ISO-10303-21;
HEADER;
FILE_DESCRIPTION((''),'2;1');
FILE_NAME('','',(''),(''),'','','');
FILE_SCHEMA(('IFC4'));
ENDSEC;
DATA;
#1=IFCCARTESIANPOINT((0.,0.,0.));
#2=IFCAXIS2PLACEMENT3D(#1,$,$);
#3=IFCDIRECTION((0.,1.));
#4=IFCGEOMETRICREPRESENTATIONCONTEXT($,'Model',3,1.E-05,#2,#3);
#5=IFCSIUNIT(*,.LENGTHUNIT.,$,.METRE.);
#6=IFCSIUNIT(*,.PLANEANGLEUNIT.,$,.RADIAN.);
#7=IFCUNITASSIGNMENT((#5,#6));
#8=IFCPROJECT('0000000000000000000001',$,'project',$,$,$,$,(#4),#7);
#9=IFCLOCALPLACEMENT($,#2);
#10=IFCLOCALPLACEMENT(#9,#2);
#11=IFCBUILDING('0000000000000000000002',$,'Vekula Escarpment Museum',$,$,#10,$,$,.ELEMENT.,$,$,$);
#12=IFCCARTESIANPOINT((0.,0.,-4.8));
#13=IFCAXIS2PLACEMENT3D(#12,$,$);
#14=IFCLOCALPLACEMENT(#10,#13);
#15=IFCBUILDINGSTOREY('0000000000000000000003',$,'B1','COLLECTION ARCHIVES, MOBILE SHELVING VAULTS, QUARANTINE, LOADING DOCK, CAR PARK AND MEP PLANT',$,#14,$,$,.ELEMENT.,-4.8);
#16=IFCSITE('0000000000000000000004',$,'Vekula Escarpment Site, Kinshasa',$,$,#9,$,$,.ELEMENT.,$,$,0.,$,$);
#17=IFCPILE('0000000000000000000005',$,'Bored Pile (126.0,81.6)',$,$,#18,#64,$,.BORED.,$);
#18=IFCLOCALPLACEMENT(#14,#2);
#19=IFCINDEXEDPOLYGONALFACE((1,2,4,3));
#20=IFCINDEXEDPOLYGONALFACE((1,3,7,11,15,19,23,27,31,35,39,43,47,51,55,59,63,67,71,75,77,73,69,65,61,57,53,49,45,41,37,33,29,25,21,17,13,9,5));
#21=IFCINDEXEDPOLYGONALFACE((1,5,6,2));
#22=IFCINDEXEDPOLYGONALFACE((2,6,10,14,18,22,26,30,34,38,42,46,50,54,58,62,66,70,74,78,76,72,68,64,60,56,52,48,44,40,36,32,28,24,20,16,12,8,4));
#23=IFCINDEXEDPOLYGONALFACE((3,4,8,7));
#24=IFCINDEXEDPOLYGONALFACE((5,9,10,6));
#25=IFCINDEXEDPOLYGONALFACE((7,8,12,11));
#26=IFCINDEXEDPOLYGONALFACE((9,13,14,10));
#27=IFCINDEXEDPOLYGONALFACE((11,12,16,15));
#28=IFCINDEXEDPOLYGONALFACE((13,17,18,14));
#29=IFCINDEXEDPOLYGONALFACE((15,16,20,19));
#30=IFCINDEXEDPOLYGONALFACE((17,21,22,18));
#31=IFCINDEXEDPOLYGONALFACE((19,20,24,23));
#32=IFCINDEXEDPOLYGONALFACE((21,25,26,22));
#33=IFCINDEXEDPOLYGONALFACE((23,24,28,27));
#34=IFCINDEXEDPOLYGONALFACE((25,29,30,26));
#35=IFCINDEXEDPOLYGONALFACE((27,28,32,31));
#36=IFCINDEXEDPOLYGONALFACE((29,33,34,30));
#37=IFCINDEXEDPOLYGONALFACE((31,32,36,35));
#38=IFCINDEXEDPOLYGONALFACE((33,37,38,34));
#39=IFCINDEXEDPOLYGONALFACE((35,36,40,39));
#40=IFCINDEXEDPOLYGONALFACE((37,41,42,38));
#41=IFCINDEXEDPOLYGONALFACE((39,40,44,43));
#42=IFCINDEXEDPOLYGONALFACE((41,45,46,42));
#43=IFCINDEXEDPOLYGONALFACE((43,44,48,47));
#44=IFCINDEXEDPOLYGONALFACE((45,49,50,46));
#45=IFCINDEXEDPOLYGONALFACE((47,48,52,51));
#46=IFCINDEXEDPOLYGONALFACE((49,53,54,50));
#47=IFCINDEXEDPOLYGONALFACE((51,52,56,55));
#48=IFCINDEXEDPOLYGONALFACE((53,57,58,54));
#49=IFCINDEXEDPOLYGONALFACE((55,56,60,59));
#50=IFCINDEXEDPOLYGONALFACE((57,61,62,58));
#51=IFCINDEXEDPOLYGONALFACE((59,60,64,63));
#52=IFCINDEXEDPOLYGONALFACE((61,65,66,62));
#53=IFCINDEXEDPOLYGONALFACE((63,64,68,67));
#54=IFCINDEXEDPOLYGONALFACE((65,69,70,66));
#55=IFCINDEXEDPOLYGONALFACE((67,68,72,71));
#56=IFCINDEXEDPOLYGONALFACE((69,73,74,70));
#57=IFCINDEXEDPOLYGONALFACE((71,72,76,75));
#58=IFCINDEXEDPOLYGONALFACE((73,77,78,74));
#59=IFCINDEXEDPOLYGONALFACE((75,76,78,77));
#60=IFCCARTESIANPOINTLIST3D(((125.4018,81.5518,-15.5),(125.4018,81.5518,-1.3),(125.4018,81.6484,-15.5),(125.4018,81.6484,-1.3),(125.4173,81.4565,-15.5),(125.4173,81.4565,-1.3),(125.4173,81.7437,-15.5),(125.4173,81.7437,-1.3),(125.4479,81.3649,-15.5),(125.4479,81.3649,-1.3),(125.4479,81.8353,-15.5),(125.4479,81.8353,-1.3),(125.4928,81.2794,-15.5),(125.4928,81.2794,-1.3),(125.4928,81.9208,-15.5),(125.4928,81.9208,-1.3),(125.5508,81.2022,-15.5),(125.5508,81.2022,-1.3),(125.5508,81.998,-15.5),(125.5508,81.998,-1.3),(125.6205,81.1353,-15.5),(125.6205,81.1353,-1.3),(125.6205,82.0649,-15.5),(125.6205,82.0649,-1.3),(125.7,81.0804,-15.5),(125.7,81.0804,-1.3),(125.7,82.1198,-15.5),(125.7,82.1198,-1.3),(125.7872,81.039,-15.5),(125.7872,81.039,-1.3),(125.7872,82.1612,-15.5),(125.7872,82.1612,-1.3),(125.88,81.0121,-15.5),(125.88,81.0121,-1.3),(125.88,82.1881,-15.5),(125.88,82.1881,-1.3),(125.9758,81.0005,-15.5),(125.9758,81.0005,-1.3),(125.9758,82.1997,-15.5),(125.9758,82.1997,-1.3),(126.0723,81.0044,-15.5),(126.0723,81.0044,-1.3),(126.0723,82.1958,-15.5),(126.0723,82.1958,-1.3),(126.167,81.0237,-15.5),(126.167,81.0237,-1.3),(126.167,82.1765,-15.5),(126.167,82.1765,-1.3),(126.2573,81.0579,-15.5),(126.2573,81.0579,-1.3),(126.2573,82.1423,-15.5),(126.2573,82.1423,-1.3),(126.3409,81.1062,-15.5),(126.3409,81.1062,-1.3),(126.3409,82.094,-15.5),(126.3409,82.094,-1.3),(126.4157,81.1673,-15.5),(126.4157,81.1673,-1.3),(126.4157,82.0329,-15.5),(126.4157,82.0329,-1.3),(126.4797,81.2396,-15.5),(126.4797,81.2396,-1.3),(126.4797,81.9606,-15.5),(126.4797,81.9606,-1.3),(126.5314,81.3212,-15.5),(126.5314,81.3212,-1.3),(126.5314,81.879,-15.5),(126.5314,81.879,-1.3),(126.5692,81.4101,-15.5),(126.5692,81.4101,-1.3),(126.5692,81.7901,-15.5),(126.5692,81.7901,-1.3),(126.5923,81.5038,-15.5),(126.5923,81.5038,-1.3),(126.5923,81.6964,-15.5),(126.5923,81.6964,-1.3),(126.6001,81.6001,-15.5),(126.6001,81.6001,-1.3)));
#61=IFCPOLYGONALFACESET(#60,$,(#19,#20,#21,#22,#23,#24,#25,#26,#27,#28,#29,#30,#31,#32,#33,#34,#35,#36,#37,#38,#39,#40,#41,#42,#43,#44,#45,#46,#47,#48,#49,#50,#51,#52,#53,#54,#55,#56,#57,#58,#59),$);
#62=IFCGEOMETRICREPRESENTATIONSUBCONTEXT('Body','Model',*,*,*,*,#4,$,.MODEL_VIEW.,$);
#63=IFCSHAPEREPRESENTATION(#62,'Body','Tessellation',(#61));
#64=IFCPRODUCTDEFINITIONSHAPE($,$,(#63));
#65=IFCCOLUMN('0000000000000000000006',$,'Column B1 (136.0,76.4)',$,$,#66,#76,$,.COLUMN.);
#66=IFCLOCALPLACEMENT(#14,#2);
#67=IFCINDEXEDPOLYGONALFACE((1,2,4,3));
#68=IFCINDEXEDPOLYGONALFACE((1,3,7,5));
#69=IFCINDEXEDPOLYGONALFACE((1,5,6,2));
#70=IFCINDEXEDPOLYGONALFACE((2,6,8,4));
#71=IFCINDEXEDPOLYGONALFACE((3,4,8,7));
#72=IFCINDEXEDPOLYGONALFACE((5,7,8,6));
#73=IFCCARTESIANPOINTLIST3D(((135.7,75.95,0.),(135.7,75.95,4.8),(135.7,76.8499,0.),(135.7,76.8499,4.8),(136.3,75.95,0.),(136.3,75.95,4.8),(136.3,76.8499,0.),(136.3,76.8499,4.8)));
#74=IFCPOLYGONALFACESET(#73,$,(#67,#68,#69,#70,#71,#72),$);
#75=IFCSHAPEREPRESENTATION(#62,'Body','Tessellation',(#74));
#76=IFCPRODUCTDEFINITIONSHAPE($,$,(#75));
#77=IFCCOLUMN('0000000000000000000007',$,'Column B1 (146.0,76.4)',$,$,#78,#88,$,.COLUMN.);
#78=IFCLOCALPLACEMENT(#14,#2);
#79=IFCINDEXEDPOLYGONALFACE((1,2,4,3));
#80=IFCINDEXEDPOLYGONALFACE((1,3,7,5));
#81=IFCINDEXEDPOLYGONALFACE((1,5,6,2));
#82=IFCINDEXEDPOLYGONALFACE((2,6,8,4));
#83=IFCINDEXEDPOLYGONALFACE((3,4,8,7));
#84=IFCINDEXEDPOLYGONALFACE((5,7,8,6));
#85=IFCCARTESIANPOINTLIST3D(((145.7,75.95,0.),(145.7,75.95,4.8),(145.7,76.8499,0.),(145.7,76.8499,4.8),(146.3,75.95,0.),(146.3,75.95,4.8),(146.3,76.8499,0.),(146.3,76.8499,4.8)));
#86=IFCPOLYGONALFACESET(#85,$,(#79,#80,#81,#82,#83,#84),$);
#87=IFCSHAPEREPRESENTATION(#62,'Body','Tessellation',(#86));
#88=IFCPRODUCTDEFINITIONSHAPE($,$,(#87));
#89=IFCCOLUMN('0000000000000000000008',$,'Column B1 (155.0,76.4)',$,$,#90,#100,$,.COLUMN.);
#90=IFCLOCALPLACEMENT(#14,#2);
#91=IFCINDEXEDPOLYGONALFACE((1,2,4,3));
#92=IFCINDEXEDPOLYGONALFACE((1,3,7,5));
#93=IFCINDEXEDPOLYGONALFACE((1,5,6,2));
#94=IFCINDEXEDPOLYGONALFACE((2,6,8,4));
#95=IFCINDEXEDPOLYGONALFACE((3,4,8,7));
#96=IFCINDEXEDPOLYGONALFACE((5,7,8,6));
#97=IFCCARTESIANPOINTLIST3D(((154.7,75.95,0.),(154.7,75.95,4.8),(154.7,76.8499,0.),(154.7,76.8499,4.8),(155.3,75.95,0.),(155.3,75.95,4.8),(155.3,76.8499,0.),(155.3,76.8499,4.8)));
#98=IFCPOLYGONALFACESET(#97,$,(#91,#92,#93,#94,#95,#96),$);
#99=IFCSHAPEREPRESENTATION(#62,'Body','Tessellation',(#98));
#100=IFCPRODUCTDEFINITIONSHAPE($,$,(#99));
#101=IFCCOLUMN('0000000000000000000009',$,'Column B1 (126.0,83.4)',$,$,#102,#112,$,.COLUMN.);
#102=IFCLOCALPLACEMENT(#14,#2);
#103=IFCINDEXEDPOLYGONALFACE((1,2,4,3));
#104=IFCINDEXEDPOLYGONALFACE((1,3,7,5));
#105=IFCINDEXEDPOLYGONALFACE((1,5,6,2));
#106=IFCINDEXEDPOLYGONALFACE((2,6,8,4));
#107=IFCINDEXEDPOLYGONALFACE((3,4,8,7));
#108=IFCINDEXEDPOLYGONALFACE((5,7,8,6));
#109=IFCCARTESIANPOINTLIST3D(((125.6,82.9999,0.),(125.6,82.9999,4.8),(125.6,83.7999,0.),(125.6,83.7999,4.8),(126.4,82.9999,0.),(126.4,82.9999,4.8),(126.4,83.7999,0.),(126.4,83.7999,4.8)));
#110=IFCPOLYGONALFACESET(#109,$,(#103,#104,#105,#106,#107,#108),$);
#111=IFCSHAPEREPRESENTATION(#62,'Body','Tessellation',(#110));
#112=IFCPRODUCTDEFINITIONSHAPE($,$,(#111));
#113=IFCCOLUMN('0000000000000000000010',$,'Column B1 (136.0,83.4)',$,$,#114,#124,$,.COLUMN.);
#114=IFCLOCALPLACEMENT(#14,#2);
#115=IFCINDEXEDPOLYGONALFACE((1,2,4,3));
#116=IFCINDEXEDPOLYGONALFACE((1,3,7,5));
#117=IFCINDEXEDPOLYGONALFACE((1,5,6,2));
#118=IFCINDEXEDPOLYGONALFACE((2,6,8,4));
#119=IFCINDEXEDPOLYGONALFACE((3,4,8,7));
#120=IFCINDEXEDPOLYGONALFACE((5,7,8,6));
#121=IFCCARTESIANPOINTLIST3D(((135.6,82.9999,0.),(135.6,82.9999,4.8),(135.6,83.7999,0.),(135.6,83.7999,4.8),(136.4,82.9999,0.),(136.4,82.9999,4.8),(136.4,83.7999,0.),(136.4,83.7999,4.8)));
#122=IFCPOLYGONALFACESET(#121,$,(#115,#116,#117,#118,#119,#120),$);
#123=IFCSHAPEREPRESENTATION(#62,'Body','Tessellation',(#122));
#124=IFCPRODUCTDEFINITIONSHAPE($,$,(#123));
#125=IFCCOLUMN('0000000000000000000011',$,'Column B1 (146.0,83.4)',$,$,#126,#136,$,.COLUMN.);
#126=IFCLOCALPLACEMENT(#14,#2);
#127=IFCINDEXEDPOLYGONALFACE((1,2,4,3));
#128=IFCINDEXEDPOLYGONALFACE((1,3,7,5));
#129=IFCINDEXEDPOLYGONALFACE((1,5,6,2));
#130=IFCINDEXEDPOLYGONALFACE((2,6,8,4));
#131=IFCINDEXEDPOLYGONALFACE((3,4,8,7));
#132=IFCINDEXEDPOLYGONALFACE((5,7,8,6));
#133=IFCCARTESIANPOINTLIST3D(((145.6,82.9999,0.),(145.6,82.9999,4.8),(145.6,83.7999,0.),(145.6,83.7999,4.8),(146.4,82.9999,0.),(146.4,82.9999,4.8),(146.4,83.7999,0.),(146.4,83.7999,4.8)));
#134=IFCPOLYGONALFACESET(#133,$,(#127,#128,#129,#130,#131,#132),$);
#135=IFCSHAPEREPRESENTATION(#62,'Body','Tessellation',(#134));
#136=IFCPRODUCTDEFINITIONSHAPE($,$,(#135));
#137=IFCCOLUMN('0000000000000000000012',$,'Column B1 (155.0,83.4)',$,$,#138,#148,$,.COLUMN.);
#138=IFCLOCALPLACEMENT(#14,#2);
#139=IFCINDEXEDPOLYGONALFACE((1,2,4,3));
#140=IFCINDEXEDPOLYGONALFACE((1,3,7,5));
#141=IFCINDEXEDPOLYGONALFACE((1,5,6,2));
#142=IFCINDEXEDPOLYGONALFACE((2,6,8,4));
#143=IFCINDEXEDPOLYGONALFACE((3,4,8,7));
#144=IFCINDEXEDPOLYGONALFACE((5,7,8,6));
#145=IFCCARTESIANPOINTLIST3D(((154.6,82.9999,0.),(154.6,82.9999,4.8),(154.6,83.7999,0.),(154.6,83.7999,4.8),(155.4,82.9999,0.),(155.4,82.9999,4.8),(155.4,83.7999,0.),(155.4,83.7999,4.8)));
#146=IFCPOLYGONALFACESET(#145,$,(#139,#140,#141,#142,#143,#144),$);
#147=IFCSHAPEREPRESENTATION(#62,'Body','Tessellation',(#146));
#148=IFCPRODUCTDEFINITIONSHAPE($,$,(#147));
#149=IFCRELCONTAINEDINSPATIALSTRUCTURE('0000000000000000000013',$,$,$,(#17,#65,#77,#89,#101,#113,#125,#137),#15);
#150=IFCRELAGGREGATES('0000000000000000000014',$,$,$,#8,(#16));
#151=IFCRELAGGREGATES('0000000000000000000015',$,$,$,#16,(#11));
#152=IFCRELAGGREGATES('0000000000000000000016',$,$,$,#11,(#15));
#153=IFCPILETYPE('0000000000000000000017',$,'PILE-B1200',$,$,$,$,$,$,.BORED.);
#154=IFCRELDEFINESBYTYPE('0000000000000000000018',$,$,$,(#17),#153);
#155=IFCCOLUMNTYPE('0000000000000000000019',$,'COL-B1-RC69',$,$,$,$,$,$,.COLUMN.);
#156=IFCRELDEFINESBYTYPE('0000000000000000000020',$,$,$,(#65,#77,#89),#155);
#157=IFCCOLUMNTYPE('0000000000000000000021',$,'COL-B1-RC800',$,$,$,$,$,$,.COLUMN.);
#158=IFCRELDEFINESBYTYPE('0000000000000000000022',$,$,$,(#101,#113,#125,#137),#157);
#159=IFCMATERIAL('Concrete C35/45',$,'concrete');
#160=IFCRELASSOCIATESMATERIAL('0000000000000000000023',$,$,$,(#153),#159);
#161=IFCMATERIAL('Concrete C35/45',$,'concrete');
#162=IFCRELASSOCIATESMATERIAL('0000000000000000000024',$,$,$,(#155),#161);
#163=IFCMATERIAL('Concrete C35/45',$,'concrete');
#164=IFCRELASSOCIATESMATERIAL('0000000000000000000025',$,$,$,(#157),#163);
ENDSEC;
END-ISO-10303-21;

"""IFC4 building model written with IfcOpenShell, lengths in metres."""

from ifc_helpers import new_model, si_unit, direction, frame, origin, origin_2d, place, context, subcontext, project, spatial, rectangle, circle, extrude, material, material_profile, profile_set, type_object, element, save


model = new_model("IFC4")

# Units and contexts
model_context = context("Model", 3, precision=1e-05, world=origin(), true_north=direction((0.0, 1.0)))
body_context = subcontext(model_context, "Body", "Model", "MODEL_VIEW")
ifc_project = project(units=[si_unit("LENGTHUNIT", "METRE"), si_unit("PLANEANGLEUNIT", "RADIAN")], contexts=[model_context])

# Site, building, storey
site_placement = place(None, origin())
site = spatial("IfcSite", under=ifc_project, at=site_placement, Name="Vekula Escarpment Site, Kinshasa", CompositionType="ELEMENT", RefElevation=0.0)
building_placement = place(site_placement, origin())
building = spatial("IfcBuilding", under=site, at=building_placement, Name="Vekula Escarpment Museum", CompositionType="ELEMENT")
storey_placement = place(building_placement, frame((0.0, 0.0, -4.8)))
storey = spatial("IfcBuildingStorey", under=building, at=storey_placement, Name="B1", Description="COLLECTION ARCHIVES, MOBILE SHELVING VAULTS, QUARANTINE, LOADING DOCK, CAR PARK AND MEP PLANT", CompositionType="ELEMENT", Elevation=-4.8)

# Pile
ifc_material_1 = material(Name="Concrete C35/45", Category="concrete")
ifc_material_profile_1 = material_profile(ifc_material_1, circle(Radius=0.6001, at=origin_2d()), Name="BORED PILE 1200")
ifc_profile_set_1 = profile_set([ifc_material_profile_1], Name="Concrete C35/45")
pile_type = type_object("IfcPileType", Name="PILE-B1200", PredefinedType="BORED", material=ifc_profile_set_1)
pile_placement = place(storey_placement, frame((126.0, 81.6001, -1.3), z_axis=(0.0, 0.0, -1.0), x_axis=(1.0, 0.0, 0.0)))
element("IfcPile", 1, at=pile_placement, inside=storey, type_object=pile_type, Name="Bored Pile (126.0,81.6)", PredefinedType="BORED", context=body_context, shape_type="SweptSolid", body=[
    extrude(circle(Radius=0.6001, at=origin_2d()), origin(), (0.0, 0.0, 1.0), 14.2),
])

# Columns
ifc_material_2 = material(Name="Concrete C35/45", Category="concrete")
ifc_material_profile_2 = material_profile(ifc_material_2, rectangle(XDim=0.6001, YDim=0.8999, at=origin_2d()), Name="RC 600x900")
ifc_profile_set_2 = profile_set([ifc_material_profile_2], Name="Concrete C35/45")
column_type_1 = type_object("IfcColumnType", Name="COL-B1-RC69", PredefinedType="COLUMN", material=ifc_profile_set_2)
for number, where, z_axis, x_axis, name in (
    (2, (136.0, 76.3999, 0.0), (0.0, 0.0, 1.0), (1.0, 0.0, 0.0), "Column B1 (136.0,76.4)"),
    (3, (146.0, 76.3999, 0.0), (0.0, 0.0, 1.0), (1.0, 0.0, 0.0), "Column B1 (146.0,76.4)"),
    (4, (155.0, 76.3999, 0.0), (0.0, 0.0, 1.0), (1.0, 0.0, 0.0), "Column B1 (155.0,76.4)"),
):
    element("IfcColumn", number, at=place(storey_placement, frame(where, z_axis=z_axis, x_axis=x_axis)), inside=storey, type_object=column_type_1, Name=name, PredefinedType="COLUMN", context=body_context, shape_type="SweptSolid", body=[
        extrude(rectangle(XDim=0.6001, YDim=0.8999, at=origin_2d()), origin(), (0.0, 0.0, 1.0), 4.8),
    ])
ifc_material_3 = material(Name="Concrete C35/45", Category="concrete")
ifc_material_profile_3 = material_profile(ifc_material_3, rectangle(XDim=0.8, YDim=0.8, at=origin_2d()), Name="RC 800x800")
ifc_profile_set_3 = profile_set([ifc_material_profile_3], Name="Concrete C35/45")
column_type_2 = type_object("IfcColumnType", Name="COL-B1-RC800", PredefinedType="COLUMN", material=ifc_profile_set_3)
for number, where, z_axis, x_axis, name in (
    (5, (126.0, 83.3999, 0.0), (0.0, 0.0, 1.0), (1.0, 0.0, 0.0), "Column B1 (126.0,83.4)"),
    (6, (136.0, 83.3999, 0.0), (0.0, 0.0, 1.0), (1.0, 0.0, 0.0), "Column B1 (136.0,83.4)"),
    (7, (146.0, 83.3999, 0.0), (0.0, 0.0, 1.0), (1.0, 0.0, 0.0), "Column B1 (146.0,83.4)"),
    (8, (155.0, 83.3999, 0.0), (0.0, 0.0, 1.0), (1.0, 0.0, 0.0), "Column B1 (155.0,83.4)"),
):
    element("IfcColumn", number, at=place(storey_placement, frame(where, z_axis=z_axis, x_axis=x_axis)), inside=storey, type_object=column_type_2, Name=name, PredefinedType="COLUMN", context=body_context, shape_type="SweptSolid", body=[
        extrude(rectangle(XDim=0.8, YDim=0.8, at=origin_2d()), origin(), (0.0, 0.0, 1.0), 4.8),
    ])

save(model, "model.ifc")
